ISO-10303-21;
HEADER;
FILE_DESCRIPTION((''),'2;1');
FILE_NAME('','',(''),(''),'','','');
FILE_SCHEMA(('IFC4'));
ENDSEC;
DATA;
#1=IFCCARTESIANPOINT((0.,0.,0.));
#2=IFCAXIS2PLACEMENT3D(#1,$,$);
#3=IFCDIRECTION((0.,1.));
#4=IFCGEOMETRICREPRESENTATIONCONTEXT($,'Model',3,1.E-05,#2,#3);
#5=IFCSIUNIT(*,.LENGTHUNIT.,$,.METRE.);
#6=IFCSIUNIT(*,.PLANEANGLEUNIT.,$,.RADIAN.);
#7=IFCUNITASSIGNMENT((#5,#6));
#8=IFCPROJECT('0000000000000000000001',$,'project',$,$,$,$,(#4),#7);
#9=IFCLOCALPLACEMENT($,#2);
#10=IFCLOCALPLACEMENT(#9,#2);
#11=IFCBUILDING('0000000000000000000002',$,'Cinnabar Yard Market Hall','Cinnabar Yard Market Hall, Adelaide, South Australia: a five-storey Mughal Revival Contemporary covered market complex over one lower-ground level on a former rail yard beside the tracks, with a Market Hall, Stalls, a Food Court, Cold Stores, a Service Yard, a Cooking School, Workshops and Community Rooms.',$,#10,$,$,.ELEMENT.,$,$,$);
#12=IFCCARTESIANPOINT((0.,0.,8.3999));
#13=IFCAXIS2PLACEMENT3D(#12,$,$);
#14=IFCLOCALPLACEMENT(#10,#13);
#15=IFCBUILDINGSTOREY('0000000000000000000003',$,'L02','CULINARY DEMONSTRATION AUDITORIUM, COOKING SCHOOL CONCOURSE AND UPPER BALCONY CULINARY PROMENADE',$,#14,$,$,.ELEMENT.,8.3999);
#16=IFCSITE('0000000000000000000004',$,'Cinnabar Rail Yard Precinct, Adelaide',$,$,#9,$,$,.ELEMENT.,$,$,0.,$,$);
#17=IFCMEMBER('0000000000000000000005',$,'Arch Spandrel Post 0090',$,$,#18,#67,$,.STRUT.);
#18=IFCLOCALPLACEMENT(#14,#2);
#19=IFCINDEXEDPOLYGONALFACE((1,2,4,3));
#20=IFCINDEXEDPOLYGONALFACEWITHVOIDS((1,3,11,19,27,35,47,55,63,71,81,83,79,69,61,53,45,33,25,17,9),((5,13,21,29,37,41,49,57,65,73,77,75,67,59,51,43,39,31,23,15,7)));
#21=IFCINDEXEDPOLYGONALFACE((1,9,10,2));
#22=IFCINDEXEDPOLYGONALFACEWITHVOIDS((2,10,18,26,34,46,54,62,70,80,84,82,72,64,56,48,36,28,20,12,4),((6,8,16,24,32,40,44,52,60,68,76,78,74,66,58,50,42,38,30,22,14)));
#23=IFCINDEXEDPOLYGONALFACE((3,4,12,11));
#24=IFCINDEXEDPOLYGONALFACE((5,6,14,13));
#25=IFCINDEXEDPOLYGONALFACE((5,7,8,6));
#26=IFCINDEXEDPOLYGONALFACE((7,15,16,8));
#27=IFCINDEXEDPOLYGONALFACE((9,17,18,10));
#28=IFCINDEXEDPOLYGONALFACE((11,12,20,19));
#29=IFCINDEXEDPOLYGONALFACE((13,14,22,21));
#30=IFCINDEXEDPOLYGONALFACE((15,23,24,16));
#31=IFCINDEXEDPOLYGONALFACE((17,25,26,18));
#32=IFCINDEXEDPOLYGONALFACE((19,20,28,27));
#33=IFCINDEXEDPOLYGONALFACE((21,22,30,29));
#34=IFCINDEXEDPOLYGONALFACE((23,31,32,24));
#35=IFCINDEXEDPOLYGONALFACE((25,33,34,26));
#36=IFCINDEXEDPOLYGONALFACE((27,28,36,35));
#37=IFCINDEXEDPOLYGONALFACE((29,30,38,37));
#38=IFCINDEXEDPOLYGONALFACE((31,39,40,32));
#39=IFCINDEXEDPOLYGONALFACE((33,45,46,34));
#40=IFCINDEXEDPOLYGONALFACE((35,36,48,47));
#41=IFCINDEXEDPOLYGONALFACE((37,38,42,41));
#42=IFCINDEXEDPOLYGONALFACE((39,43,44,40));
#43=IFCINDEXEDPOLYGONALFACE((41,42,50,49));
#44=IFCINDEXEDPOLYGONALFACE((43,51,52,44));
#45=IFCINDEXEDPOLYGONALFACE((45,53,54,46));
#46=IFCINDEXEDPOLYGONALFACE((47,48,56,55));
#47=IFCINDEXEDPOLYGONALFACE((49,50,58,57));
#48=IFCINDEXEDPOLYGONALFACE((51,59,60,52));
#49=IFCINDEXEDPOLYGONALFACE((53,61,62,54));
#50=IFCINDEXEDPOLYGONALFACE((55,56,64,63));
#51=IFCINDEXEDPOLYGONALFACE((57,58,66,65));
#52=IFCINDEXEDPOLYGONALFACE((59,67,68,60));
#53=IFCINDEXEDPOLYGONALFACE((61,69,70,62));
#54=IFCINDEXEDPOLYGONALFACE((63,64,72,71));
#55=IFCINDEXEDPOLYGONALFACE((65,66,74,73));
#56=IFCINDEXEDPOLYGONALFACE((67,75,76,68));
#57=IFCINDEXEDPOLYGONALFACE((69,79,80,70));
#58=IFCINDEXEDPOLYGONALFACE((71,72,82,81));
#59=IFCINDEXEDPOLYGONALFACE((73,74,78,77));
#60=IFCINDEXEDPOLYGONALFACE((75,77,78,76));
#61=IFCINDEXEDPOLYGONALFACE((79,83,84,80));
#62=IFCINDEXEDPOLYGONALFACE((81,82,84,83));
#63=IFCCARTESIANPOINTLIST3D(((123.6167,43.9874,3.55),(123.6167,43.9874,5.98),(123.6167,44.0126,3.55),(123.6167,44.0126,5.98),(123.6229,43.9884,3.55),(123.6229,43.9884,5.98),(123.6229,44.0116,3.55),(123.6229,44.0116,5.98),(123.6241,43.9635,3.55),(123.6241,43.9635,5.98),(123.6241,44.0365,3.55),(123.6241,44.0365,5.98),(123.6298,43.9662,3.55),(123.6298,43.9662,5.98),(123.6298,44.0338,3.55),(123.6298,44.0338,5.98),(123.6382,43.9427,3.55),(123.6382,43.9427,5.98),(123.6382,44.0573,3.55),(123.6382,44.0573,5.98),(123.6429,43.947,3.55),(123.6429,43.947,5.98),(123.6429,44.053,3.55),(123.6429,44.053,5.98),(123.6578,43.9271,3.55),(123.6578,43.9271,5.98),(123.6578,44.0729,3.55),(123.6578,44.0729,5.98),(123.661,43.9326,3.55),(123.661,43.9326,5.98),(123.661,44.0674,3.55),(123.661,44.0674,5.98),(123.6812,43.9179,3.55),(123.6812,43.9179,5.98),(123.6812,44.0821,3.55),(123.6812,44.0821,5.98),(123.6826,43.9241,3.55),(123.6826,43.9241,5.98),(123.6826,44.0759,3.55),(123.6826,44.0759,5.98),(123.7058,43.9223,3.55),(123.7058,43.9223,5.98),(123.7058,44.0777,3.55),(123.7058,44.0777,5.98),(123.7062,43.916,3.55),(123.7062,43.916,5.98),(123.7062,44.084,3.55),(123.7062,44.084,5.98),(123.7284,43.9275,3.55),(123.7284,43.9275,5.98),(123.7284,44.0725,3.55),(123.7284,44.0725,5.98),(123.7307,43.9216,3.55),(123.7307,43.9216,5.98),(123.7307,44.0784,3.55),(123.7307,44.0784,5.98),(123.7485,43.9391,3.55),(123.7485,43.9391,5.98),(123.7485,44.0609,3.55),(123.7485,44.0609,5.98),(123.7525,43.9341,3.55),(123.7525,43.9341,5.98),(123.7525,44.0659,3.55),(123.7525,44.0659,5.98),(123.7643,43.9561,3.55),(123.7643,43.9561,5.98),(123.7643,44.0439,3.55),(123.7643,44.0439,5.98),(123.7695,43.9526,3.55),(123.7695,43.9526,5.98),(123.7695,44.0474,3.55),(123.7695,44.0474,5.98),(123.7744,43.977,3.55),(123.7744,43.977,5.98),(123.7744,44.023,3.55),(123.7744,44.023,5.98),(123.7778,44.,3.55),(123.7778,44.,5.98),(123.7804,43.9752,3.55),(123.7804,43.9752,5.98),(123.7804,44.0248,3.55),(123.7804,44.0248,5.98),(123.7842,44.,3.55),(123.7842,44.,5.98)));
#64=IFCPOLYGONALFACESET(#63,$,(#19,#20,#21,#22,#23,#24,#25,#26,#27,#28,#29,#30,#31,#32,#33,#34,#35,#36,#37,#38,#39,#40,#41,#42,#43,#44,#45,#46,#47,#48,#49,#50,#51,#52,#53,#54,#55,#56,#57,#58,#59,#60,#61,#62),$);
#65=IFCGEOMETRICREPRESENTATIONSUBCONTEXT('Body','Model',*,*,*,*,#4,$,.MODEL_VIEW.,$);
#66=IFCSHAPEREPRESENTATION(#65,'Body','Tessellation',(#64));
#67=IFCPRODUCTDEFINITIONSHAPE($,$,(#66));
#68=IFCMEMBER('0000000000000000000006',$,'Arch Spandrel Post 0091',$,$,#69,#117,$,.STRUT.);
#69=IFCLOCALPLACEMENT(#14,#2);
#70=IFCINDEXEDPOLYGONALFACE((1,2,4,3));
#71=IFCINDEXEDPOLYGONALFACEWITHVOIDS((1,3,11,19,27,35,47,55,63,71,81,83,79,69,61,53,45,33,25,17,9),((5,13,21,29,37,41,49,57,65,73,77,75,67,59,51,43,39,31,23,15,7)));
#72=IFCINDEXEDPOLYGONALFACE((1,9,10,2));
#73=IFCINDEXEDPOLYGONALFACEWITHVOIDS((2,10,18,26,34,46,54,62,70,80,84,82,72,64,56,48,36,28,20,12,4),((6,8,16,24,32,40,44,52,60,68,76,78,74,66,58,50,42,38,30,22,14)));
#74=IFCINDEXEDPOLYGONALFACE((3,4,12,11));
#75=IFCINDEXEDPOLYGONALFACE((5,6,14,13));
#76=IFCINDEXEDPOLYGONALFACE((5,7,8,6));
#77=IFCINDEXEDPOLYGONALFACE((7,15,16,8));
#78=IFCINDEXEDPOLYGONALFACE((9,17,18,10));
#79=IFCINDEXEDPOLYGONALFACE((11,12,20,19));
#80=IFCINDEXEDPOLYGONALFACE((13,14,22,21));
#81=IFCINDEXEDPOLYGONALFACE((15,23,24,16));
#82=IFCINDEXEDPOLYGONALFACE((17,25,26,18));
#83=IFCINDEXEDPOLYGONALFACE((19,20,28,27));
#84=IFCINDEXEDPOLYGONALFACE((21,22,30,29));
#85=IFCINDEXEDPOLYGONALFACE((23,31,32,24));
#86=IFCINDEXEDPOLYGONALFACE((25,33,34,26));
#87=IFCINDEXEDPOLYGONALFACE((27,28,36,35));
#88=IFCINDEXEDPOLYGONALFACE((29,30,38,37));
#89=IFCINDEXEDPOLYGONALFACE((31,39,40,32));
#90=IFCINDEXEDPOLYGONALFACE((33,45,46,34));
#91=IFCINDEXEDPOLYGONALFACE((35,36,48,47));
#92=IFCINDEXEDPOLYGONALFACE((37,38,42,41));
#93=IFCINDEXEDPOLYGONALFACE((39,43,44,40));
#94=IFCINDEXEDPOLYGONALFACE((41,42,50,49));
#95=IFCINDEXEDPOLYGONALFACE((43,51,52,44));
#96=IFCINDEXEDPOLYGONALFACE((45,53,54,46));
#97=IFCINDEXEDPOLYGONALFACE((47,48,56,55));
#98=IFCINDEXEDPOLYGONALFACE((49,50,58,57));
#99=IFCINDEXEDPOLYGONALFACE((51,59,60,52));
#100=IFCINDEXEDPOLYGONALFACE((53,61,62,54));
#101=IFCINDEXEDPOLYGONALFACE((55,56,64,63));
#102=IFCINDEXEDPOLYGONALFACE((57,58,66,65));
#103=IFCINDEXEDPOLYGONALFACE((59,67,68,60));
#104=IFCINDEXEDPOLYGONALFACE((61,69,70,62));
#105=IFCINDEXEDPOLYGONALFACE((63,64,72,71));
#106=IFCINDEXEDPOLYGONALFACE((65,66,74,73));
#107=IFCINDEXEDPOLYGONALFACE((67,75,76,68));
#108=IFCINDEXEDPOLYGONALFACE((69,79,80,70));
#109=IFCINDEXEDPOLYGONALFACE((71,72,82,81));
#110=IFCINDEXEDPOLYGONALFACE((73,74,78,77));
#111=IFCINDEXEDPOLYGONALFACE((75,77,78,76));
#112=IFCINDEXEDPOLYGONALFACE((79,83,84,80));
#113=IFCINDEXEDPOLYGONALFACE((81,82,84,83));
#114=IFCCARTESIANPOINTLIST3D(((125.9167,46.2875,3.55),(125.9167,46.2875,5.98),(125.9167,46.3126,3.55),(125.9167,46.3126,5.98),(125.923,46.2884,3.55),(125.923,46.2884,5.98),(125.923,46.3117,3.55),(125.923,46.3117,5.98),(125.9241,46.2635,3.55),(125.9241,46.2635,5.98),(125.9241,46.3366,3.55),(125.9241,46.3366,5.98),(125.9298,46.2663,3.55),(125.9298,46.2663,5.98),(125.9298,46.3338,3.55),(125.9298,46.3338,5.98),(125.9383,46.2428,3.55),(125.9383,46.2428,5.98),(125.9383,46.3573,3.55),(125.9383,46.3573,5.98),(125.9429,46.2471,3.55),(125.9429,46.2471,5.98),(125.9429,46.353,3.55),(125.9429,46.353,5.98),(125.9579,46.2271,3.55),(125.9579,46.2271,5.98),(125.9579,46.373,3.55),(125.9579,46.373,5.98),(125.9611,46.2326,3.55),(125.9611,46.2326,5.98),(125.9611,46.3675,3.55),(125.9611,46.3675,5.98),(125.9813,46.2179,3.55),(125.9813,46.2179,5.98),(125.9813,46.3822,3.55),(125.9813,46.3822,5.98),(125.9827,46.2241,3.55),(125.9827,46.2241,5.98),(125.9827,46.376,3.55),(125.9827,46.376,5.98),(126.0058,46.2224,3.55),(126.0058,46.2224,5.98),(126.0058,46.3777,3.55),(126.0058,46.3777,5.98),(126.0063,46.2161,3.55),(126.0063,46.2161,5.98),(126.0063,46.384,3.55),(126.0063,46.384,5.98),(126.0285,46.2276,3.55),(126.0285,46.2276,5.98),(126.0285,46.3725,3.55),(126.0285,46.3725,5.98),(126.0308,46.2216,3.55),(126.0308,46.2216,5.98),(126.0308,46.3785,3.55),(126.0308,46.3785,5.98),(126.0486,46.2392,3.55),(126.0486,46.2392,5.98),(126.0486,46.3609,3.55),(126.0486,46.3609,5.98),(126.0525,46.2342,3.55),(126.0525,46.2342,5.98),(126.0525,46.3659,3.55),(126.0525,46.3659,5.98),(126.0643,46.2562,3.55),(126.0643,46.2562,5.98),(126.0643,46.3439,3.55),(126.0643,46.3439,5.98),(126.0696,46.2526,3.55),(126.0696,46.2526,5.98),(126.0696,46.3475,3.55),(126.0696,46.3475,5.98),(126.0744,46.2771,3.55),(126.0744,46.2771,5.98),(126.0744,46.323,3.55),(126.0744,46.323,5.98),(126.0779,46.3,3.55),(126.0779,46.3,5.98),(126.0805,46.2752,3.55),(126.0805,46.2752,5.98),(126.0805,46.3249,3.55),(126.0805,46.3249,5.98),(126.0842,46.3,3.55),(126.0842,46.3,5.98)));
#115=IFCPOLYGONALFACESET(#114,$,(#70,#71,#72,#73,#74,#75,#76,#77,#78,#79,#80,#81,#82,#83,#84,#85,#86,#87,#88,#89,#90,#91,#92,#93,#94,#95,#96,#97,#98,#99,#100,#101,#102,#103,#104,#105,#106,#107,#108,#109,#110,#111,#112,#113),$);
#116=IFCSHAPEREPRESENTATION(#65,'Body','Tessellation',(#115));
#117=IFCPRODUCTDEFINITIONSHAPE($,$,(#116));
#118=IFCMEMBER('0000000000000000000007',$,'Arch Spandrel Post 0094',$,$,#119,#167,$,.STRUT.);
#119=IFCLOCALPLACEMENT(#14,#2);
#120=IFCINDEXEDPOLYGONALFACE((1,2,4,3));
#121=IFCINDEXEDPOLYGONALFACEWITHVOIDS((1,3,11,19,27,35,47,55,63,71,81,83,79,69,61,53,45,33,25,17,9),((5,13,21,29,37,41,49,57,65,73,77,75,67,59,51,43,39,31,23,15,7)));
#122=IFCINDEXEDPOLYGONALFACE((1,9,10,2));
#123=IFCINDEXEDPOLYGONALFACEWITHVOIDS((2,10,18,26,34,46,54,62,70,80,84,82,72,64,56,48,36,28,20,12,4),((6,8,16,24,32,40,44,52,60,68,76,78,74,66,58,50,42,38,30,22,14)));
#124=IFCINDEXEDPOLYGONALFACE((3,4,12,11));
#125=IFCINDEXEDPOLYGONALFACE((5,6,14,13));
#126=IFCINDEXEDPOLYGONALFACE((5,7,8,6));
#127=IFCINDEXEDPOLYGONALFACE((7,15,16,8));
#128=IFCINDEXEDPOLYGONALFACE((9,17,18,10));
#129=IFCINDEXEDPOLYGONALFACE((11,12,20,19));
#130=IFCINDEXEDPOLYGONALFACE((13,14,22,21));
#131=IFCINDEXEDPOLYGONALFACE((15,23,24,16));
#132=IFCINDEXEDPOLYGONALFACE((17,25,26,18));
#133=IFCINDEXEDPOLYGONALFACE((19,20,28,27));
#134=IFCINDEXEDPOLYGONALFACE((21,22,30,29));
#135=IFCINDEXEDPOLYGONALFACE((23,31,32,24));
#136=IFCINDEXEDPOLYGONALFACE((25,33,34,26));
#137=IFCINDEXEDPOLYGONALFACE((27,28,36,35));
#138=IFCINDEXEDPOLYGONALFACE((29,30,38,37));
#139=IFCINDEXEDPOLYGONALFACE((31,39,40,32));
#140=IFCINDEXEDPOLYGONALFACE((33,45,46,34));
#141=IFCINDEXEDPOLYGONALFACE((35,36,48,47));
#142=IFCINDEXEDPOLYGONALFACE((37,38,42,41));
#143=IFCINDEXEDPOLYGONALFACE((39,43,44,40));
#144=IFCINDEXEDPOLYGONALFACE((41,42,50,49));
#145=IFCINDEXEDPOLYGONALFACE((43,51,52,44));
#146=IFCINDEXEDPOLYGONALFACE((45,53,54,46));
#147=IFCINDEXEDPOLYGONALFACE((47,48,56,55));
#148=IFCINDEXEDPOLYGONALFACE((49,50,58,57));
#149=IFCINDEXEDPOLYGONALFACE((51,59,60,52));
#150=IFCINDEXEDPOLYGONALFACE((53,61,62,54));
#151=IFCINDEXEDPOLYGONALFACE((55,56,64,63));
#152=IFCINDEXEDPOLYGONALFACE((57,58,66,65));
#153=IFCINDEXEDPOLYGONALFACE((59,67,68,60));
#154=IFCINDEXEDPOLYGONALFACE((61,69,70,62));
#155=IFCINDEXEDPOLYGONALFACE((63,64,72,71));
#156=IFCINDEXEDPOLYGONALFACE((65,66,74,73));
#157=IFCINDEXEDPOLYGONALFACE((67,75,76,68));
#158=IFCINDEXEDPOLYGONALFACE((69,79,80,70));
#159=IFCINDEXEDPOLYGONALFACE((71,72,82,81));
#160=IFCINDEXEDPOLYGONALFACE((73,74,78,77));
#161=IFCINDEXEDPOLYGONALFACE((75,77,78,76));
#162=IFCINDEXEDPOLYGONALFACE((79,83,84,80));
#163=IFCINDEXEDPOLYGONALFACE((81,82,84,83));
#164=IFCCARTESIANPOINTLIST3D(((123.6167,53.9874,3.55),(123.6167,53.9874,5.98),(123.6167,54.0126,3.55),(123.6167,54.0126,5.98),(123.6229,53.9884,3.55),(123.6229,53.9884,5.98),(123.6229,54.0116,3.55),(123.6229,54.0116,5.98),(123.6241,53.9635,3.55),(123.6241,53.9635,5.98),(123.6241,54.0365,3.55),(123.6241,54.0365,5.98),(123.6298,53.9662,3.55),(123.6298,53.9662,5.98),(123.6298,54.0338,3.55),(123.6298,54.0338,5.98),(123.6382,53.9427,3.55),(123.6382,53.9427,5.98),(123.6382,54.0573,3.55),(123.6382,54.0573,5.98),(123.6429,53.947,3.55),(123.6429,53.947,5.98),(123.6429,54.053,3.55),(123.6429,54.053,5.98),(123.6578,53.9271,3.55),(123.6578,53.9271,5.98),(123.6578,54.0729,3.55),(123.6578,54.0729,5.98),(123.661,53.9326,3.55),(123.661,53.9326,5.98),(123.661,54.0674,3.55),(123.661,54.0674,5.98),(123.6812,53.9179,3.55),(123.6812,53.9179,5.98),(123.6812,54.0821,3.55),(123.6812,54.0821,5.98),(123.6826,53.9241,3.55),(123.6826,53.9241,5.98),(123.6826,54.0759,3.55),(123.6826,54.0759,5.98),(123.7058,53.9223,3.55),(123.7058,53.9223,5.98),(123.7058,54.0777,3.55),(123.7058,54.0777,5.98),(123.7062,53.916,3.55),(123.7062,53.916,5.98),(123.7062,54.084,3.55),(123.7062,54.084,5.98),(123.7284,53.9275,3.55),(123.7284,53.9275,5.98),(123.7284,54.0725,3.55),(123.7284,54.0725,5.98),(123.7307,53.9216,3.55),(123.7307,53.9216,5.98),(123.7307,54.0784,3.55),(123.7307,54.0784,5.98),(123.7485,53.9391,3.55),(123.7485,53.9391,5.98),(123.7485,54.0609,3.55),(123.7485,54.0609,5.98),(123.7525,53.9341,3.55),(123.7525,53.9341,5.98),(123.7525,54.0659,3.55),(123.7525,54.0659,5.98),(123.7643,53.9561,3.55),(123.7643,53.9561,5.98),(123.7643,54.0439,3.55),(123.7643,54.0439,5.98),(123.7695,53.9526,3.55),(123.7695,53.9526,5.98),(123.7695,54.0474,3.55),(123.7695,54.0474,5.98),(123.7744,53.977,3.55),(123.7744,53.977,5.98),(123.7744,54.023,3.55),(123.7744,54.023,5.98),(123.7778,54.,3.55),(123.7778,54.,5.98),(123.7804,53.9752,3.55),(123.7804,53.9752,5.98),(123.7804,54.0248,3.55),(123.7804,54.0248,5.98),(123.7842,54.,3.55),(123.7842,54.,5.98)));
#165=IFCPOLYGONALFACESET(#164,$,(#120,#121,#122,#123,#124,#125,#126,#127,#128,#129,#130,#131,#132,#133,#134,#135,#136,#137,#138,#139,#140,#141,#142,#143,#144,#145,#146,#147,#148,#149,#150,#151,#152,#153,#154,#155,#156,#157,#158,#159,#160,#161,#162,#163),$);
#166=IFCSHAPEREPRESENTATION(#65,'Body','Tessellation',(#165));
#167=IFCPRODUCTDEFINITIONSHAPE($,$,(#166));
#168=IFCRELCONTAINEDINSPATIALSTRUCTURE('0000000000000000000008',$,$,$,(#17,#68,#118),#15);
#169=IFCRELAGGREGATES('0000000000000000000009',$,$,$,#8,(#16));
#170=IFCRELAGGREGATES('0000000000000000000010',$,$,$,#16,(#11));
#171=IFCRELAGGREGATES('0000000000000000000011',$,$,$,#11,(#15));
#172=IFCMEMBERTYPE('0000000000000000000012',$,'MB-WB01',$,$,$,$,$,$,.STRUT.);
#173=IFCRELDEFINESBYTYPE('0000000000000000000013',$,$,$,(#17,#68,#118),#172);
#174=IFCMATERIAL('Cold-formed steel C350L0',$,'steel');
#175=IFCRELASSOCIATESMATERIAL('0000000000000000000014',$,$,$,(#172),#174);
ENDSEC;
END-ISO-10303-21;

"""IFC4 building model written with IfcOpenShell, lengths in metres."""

from ifc_helpers import new_model, si_unit, direction, frame, origin, origin_2d_with_axis, place, context, subcontext, project, spatial, hollow_circle, extrude, material, material_profile, profile_set, type_object, element, save


model = new_model("IFC4")

# Units and contexts
model_context = context("Model", 3, precision=1e-05, world=origin(), true_north=direction((0.0, 1.0)))
body_context = subcontext(model_context, "Body", "Model", "MODEL_VIEW")
ifc_project = project(units=[si_unit("LENGTHUNIT", "METRE"), si_unit("PLANEANGLEUNIT", "RADIAN")], contexts=[model_context])

# Site, building, storey
site_placement = place(None, origin())
site = spatial("IfcSite", under=ifc_project, at=site_placement, Name="Cinnabar Rail Yard Precinct, Adelaide", CompositionType="ELEMENT", RefElevation=0.0)
building_placement = place(site_placement, origin())
building = spatial("IfcBuilding", under=site, at=building_placement, Name="Cinnabar Yard Market Hall", Description="Cinnabar Yard Market Hall, Adelaide, South Australia: a five-storey Mughal Revival Contemporary covered market complex over one lower-ground level on a former rail yard beside the tracks, with a Market Hall, Stalls, a Food Court, Cold Stores, a Service Yard, a Cooking School, Workshops and Community Rooms.", CompositionType="ELEMENT")
storey_placement = place(building_placement, frame((0.0, 0.0, 8.3999)))
storey = spatial("IfcBuildingStorey", under=building, at=storey_placement, Name="L02", Description="CULINARY DEMONSTRATION AUDITORIUM, COOKING SCHOOL CONCOURSE AND UPPER BALCONY CULINARY PROMENADE", CompositionType="ELEMENT", Elevation=8.3999)

# Members
ifc_material_1 = material(Name="Cold-formed steel C350L0", Category="steel")
ifc_material_profile_1 = material_profile(ifc_material_1, hollow_circle(Radius=0.0842, WallThickness=0.0063, at=origin_2d_with_axis()), Name="168.3x6.4CHS")
ifc_profile_set_1 = profile_set([ifc_material_profile_1], Name="Cold-formed steel C350L0")
member_type_1 = type_object("IfcMemberType", Name="MB-WB01", PredefinedType="STRUT", material=ifc_profile_set_1)
for number, where, z_axis, x_axis, name in (
    (1, (123.7, 44.0, 3.55), (0.0, 0.0, 1.0), (1.0, 0.0, 0.0), "Arch Spandrel Post 0090"),
    (2, (126.0, 46.3, 3.55), (0.0, 0.0, 1.0), (1.0, 0.0, 0.0), "Arch Spandrel Post 0091"),
    (3, (123.7, 54.0, 3.55), (0.0, 0.0, 1.0), (1.0, 0.0, 0.0), "Arch Spandrel Post 0094"),
):
    element("IfcMember", number, at=place(storey_placement, frame(where, z_axis=z_axis, x_axis=x_axis)), inside=storey, type_object=member_type_1, Name=name, PredefinedType="STRUT", context=body_context, shape_type="SweptSolid", body=[
        extrude(hollow_circle(Radius=0.0842, WallThickness=0.0063, at=origin_2d_with_axis()), origin(), (0.0, 0.0, 1.0), 2.4299),
    ])

save(model, "model.ifc")
